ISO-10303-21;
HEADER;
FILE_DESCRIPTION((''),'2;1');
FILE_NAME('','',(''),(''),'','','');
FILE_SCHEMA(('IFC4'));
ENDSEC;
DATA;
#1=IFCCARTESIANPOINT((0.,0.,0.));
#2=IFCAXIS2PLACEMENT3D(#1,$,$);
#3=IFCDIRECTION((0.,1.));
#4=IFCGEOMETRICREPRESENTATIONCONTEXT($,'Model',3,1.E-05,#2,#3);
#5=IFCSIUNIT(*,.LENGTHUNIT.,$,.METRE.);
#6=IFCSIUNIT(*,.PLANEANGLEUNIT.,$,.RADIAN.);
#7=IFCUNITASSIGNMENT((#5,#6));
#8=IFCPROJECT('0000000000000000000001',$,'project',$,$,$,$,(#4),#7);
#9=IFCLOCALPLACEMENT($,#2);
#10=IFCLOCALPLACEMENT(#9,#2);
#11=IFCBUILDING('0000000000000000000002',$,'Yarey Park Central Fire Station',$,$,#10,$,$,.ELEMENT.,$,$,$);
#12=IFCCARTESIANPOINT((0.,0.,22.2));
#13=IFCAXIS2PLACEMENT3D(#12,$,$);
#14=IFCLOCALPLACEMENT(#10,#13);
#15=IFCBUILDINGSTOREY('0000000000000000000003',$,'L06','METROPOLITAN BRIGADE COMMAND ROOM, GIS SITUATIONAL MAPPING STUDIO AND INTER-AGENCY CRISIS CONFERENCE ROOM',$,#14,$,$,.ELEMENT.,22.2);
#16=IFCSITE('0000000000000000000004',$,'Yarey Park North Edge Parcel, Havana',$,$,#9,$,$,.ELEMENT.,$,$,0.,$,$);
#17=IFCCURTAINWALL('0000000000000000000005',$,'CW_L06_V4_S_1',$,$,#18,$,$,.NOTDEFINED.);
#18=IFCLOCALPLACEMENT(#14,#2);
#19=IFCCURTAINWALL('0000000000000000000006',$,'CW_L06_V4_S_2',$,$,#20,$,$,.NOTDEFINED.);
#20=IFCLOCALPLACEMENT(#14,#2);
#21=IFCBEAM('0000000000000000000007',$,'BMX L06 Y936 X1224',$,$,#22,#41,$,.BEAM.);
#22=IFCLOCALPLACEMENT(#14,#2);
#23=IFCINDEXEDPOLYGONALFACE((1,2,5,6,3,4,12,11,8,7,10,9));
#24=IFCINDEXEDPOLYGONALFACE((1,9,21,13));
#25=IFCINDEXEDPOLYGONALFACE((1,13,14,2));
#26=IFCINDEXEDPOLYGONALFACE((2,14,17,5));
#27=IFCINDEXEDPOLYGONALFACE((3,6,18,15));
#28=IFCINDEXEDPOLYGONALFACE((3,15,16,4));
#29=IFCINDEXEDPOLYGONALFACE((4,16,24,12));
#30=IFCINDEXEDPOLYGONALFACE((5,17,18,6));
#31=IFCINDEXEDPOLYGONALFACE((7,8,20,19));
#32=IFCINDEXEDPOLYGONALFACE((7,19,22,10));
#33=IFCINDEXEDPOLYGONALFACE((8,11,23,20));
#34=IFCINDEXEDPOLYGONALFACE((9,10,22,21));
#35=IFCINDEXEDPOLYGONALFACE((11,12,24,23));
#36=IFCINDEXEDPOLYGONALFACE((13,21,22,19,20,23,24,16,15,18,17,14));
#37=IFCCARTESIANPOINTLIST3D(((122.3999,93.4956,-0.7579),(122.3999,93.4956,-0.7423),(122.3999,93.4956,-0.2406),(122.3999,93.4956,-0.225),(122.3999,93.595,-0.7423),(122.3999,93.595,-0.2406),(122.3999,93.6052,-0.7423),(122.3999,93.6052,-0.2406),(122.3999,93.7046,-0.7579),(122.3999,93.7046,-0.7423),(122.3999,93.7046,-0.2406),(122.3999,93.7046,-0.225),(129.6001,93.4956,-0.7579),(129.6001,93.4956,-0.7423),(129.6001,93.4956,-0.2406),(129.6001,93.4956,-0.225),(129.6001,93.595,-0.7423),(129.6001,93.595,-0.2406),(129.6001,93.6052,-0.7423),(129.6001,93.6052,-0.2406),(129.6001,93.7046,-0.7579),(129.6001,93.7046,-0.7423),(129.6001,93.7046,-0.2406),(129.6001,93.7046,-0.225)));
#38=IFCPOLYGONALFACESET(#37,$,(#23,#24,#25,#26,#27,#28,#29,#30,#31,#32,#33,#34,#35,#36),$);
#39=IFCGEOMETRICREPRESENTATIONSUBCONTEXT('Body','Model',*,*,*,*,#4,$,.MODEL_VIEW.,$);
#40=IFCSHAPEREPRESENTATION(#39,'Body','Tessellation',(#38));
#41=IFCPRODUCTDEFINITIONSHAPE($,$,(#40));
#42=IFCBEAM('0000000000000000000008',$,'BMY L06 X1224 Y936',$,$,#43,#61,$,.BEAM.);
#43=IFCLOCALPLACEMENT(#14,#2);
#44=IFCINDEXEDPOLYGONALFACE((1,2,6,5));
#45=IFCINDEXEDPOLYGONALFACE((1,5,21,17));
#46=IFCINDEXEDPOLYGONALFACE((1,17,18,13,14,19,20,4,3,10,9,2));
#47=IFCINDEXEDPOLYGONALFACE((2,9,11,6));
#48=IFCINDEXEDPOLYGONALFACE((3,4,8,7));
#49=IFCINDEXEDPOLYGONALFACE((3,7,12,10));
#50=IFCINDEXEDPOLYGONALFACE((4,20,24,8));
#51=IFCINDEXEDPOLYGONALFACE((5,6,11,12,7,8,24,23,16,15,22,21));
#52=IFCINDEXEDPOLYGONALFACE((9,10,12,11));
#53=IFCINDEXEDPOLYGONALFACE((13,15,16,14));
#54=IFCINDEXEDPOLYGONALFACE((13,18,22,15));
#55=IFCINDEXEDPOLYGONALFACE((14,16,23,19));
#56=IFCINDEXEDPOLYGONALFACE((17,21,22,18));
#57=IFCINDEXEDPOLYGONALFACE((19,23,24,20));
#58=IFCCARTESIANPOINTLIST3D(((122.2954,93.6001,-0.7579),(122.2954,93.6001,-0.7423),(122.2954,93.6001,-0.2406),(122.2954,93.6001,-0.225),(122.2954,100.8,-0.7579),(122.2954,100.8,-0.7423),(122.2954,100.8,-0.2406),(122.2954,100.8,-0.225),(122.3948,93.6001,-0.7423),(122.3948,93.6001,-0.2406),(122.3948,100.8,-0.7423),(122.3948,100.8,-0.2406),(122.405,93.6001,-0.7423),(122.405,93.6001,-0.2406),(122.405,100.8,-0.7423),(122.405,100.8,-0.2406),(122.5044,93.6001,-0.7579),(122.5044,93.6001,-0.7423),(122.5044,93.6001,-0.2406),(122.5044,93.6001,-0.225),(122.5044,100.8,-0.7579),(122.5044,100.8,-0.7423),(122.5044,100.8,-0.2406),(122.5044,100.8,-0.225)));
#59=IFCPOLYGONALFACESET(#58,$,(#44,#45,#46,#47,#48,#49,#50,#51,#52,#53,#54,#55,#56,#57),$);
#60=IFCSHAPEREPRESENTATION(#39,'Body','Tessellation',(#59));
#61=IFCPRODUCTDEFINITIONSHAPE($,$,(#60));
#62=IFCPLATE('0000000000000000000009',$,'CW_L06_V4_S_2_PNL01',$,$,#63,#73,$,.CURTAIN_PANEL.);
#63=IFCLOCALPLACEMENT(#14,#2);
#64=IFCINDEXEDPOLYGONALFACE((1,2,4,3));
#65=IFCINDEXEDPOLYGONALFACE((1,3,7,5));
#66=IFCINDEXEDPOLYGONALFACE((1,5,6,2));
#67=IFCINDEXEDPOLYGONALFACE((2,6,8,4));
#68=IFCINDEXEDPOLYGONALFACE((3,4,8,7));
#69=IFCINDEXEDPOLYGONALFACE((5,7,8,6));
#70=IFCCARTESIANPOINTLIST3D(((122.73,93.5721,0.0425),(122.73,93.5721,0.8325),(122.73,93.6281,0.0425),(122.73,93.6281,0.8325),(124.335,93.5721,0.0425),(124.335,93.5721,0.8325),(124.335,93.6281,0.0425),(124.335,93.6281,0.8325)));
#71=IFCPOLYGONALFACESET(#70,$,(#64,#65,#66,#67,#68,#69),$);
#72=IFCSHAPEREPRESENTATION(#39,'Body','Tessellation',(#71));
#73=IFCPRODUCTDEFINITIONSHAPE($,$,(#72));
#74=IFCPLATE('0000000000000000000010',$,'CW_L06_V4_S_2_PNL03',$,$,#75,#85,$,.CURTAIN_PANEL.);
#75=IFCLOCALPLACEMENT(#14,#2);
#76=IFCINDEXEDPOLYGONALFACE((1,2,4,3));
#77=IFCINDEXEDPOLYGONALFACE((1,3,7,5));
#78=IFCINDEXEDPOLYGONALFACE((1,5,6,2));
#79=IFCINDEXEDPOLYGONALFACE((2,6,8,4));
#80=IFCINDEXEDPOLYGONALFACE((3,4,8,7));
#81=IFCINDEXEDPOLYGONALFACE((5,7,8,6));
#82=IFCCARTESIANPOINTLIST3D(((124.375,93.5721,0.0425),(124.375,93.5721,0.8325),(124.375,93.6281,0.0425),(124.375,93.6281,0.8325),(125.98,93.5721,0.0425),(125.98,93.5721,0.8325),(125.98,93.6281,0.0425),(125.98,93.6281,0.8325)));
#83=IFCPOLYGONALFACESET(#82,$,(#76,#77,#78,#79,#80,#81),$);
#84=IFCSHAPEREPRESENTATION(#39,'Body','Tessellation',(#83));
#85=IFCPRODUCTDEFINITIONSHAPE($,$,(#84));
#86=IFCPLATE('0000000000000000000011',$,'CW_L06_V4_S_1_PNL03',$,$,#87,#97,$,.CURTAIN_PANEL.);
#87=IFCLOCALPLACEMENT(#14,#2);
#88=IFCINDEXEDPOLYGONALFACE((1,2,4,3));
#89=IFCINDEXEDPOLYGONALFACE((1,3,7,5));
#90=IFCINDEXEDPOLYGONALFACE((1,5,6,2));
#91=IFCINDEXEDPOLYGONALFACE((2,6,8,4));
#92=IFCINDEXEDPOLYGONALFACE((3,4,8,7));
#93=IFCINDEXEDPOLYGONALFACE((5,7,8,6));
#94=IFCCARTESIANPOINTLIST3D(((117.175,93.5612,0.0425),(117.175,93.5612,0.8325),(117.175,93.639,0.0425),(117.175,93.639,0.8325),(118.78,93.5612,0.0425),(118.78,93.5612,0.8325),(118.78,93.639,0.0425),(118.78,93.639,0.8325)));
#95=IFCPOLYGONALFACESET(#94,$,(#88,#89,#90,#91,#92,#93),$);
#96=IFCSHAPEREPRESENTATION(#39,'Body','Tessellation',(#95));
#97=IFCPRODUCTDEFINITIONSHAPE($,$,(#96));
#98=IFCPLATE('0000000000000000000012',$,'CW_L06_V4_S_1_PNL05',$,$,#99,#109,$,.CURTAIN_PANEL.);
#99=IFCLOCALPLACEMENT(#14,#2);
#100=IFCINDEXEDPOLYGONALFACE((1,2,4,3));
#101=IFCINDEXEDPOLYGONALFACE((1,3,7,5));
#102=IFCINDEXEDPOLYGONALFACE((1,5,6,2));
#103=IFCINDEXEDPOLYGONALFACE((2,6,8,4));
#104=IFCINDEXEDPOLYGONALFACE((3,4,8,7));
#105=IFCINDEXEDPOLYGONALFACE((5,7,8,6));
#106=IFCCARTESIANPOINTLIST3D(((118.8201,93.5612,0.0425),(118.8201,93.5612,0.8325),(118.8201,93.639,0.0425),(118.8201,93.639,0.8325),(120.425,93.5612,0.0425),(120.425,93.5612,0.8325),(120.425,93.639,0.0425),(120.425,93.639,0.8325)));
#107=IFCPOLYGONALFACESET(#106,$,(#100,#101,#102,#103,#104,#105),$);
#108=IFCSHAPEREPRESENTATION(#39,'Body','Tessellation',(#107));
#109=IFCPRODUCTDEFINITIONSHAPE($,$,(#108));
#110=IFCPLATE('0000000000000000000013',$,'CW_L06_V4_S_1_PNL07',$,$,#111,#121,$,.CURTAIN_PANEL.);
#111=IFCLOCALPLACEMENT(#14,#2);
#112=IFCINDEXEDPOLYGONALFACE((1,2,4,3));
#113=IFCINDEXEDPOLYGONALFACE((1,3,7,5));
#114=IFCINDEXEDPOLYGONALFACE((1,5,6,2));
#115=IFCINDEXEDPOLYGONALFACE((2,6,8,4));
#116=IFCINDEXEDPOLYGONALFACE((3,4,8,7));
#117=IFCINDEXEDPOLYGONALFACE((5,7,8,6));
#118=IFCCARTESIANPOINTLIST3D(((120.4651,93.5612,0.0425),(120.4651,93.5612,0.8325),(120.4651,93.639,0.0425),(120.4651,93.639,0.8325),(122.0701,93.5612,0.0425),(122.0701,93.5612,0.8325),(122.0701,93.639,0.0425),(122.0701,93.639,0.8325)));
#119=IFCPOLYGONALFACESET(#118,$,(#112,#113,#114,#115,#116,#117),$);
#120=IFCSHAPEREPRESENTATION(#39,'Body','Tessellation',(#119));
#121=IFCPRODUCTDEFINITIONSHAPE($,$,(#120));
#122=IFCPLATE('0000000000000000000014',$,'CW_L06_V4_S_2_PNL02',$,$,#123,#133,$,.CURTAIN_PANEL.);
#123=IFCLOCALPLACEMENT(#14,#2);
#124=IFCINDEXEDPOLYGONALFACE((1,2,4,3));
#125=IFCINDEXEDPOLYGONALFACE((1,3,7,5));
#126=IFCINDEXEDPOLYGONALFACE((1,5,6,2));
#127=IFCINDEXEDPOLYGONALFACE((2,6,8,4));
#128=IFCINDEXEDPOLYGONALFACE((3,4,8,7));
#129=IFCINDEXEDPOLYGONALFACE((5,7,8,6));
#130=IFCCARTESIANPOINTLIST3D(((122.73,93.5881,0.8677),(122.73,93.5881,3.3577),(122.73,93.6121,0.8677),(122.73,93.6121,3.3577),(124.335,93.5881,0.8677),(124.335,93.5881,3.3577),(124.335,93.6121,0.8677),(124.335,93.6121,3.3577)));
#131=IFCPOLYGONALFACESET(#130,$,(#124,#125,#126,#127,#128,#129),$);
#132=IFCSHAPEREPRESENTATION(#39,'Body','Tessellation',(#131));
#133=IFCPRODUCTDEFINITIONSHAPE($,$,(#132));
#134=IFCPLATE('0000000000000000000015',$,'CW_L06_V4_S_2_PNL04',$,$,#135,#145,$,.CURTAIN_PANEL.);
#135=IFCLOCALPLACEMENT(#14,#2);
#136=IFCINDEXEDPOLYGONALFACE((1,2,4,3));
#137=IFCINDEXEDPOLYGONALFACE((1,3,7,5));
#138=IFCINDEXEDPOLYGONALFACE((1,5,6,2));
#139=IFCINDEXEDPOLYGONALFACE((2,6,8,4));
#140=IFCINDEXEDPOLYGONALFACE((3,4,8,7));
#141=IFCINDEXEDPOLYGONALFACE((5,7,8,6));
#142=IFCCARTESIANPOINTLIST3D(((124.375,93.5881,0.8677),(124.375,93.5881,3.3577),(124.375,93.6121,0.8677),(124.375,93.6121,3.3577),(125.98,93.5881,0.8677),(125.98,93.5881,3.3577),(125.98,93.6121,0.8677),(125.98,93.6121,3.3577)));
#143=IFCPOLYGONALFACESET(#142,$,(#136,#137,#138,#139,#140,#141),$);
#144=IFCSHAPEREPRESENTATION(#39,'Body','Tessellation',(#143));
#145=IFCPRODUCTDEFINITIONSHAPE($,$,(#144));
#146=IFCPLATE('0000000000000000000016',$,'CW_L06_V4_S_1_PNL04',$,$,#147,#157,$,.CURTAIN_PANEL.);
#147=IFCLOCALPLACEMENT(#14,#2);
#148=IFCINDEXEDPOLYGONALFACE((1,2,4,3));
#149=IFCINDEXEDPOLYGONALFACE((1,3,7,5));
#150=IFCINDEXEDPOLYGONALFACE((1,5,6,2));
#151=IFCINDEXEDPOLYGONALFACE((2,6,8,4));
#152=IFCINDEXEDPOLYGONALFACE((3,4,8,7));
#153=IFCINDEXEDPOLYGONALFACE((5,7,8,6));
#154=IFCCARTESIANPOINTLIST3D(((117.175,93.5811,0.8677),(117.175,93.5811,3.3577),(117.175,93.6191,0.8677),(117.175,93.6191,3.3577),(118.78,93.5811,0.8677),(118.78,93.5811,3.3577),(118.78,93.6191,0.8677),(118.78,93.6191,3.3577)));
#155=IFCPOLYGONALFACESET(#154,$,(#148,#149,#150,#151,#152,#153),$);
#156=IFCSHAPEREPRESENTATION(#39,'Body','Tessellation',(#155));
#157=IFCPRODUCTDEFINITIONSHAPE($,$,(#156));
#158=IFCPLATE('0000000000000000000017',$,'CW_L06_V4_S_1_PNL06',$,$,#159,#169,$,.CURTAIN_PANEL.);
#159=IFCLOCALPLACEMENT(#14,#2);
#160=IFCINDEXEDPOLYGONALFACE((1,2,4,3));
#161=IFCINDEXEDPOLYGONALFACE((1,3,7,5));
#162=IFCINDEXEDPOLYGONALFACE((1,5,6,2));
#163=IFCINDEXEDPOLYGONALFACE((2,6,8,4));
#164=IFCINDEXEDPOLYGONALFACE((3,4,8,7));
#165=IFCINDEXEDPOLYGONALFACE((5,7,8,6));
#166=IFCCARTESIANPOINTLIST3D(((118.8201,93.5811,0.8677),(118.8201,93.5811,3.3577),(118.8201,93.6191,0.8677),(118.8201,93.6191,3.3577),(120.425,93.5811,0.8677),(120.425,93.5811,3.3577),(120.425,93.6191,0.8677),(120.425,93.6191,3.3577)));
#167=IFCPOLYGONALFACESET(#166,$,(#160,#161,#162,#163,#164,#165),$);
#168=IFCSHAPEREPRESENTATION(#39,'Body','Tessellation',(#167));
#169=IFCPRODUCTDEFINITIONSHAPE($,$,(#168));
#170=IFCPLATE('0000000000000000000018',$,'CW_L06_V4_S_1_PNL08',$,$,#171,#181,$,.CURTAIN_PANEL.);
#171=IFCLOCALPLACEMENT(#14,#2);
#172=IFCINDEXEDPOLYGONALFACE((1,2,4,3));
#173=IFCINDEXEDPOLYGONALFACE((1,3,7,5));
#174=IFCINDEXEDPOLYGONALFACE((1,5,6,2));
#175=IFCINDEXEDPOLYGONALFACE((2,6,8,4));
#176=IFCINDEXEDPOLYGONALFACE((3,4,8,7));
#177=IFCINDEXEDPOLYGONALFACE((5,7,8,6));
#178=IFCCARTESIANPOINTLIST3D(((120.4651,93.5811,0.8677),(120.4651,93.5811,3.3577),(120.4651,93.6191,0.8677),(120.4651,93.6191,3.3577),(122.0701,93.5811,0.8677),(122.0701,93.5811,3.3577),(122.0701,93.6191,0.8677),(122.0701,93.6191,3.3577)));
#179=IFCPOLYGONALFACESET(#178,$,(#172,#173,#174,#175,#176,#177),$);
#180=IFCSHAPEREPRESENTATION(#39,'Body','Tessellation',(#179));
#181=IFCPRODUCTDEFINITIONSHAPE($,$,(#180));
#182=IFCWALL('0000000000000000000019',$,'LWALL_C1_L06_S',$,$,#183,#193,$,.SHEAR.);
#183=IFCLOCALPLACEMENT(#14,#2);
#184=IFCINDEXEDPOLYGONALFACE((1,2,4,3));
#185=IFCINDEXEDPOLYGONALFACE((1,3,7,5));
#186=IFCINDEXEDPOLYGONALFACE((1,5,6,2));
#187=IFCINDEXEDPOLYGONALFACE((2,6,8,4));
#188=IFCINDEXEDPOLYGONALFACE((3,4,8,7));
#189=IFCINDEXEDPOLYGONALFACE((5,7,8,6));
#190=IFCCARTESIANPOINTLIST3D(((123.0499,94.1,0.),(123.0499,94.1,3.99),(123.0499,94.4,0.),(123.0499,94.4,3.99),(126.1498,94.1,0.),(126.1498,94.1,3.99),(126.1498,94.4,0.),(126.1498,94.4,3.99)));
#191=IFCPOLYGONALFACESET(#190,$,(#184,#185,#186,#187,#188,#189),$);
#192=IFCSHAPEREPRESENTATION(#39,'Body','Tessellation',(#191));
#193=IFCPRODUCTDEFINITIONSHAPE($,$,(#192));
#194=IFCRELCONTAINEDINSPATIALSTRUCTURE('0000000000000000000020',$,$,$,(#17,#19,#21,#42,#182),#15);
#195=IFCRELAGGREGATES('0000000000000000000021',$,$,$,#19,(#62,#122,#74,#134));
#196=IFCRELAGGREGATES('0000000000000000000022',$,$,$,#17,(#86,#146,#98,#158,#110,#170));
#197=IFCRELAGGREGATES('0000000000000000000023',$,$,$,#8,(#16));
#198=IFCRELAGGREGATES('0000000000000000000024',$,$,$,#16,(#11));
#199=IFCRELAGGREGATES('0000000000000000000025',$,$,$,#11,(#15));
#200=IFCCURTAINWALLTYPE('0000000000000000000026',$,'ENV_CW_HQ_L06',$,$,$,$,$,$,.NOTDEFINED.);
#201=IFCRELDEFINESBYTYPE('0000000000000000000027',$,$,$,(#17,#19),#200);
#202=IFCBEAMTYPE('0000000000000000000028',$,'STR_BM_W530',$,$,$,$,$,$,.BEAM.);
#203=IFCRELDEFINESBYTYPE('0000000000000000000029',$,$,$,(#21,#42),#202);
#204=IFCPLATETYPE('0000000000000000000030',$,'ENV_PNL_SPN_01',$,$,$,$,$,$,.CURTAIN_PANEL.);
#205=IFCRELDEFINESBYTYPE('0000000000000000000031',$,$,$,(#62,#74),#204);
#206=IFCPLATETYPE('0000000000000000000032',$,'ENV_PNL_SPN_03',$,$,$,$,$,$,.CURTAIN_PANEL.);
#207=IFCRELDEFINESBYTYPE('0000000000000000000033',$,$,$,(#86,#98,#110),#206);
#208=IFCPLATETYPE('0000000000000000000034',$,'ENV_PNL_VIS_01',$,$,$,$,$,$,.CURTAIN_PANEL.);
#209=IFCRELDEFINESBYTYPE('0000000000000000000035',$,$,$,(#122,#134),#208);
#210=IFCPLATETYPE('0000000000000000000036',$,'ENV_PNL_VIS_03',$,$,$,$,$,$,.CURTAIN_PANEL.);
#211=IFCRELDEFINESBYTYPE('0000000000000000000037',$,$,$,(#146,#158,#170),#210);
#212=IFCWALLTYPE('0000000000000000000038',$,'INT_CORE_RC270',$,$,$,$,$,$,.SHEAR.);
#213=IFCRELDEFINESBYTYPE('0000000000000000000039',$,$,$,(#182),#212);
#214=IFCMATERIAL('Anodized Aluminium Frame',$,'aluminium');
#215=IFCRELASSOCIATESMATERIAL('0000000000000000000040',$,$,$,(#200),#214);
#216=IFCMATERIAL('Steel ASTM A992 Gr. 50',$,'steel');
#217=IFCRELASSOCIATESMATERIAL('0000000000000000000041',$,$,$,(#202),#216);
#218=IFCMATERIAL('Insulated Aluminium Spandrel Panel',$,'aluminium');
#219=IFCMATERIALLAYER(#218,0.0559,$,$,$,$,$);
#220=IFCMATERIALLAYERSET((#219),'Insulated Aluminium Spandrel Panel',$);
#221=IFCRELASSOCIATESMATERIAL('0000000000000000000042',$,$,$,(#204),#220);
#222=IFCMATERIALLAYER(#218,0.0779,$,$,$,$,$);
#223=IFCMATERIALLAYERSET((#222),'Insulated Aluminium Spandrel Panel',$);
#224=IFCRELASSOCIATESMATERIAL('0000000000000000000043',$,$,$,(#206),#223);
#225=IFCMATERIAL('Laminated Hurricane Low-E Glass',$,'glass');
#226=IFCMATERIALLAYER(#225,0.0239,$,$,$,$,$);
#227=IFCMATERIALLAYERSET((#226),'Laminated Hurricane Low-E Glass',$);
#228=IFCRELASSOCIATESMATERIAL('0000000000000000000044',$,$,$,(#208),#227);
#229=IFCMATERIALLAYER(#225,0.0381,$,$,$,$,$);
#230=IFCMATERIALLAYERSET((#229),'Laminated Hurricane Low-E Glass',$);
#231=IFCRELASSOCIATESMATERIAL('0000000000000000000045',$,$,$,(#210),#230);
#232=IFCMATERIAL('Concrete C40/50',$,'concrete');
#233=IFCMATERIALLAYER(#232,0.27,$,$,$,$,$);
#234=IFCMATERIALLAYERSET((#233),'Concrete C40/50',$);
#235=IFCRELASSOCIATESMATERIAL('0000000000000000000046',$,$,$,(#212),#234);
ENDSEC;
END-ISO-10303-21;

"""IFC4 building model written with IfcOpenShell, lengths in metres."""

from ifc_helpers import new_model, si_unit, direction, frame, frame_2d, origin, origin_2d, place, context, subcontext, project, spatial, rectangle, i_section, extrude, material, layer, layer_set, material_profile, profile_set, type_object, element, aggregate, save


model = new_model("IFC4")

# Units and contexts
model_context = context("Model", 3, precision=1e-05, world=origin(), true_north=direction((0.0, 1.0)))
body_context = subcontext(model_context, "Body", "Model", "MODEL_VIEW")
ifc_project = project(units=[si_unit("LENGTHUNIT", "METRE"), si_unit("PLANEANGLEUNIT", "RADIAN")], contexts=[model_context])

# Site, building, storey
site_placement = place(None, origin())
site = spatial("IfcSite", under=ifc_project, at=site_placement, Name="Yarey Park North Edge Parcel, Havana", CompositionType="ELEMENT", RefElevation=0.0)
building_placement = place(site_placement, origin())
building = spatial("IfcBuilding", under=site, at=building_placement, Name="Yarey Park Central Fire Station", CompositionType="ELEMENT")
storey_placement = place(building_placement, frame((0.0, 0.0, 22.2)))
storey = spatial("IfcBuildingStorey", under=building, at=storey_placement, Name="L06", Description="METROPOLITAN BRIGADE COMMAND ROOM, GIS SITUATIONAL MAPPING STUDIO AND INTER-AGENCY CRISIS CONFERENCE ROOM", CompositionType="ELEMENT", Elevation=22.2)

# Shared definitions
ifc_material_1 = material(Name="Concrete C40/50", Category="concrete")

# Curtain walls
ifc_material_2 = material(Name="Anodized Aluminium Frame", Category="aluminium")
curtain_wall_type = type_object("IfcCurtainWallType", Name="ENV_CW_HQ_L06", PredefinedType="NOTDEFINED", material=ifc_material_2)
curtain_wall_1_placement = place(storey_placement, origin())
curtain_wall_1 = element("IfcCurtainWall", 1, at=curtain_wall_1_placement, inside=storey, type_object=curtain_wall_type, Name="CW_L06_V4_S_1", PredefinedType="NOTDEFINED")
curtain_wall_2_placement = place(storey_placement, origin())
curtain_wall_2 = element("IfcCurtainWall", 2, at=curtain_wall_2_placement, inside=storey, type_object=curtain_wall_type, Name="CW_L06_V4_S_2", PredefinedType="NOTDEFINED")

# Beams
ifc_material_3 = material(Name="Steel ASTM A992 Gr. 50", Category="steel")
ifc_material_profile_1 = material_profile(ifc_material_3, i_section(OverallWidth=0.209, OverallDepth=0.533, WebThickness=0.0103, FlangeThickness=0.0156, at=origin_2d()), Name="W530x92")
ifc_profile_set_1 = profile_set([ifc_material_profile_1], Name="Steel ASTM A992 Gr. 50")
beam_type = type_object("IfcBeamType", Name="STR_BM_W530", PredefinedType="BEAM", material=ifc_profile_set_1)
beam_1_placement = place(storey_placement, frame((122.3999, 93.6001, -0.4915), z_axis=(1.0, 0.0, 0.0), x_axis=(0.0, 1.0, 0.0)))
element("IfcBeam", 3, at=beam_1_placement, inside=storey, type_object=beam_type, Name="BMX L06 Y936 X1224", PredefinedType="BEAM", context=body_context, shape_type="SweptSolid", body=[
    extrude(i_section(OverallWidth=0.209, OverallDepth=0.533, WebThickness=0.0103, FlangeThickness=0.0156, at=origin_2d()), origin(), (0.0, 0.0, 1.0), 7.2002),
])
beam_2_placement = place(storey_placement, frame((122.3999, 93.6001, -0.4915), z_axis=(0.0, 1.0, 0.0), x_axis=(-1.0, 0.0, 0.0)))
element("IfcBeam", 4, at=beam_2_placement, inside=storey, type_object=beam_type, Name="BMY L06 X1224 Y936", PredefinedType="BEAM", context=body_context, shape_type="SweptSolid", body=[
    extrude(i_section(OverallWidth=0.209, OverallDepth=0.533, WebThickness=0.0103, FlangeThickness=0.0156, at=origin_2d()), origin(), (0.0, 0.0, 1.0), 7.2),
])

# Plates
ifc_material_4 = material(Name="Insulated Aluminium Spandrel Panel", Category="aluminium")
ifc_layer_1 = layer(ifc_material_4, 0.0559)
ifc_layer_set_1 = layer_set([ifc_layer_1], Name="Insulated Aluminium Spandrel Panel")
plate_type_1 = type_object("IfcPlateType", Name="ENV_PNL_SPN_01", PredefinedType="CURTAIN_PANEL", material=ifc_layer_set_1)
plate_1_placement = place(storey_placement, frame((123.5325, 93.6001, 0.0425), z_axis=(0.0, 0.0, 1.0), x_axis=(1.0, 0.0, 0.0)))
plate_1 = element("IfcPlate", 5, at=plate_1_placement, type_object=plate_type_1, Name="CW_L06_V4_S_2_PNL01", PredefinedType="CURTAIN_PANEL", context=body_context, shape_type="SweptSolid", body=[
    extrude(rectangle(XDim=1.605, YDim=0.0559, at=origin_2d()), origin(), (0.0, 0.0, 1.0), 0.79),
])
plate_2_placement = place(storey_placement, frame((125.1775, 93.6001, 0.0425), z_axis=(0.0, 0.0, 1.0), x_axis=(1.0, 0.0, 0.0)))
plate_2 = element("IfcPlate", 6, at=plate_2_placement, type_object=plate_type_1, Name="CW_L06_V4_S_2_PNL03", PredefinedType="CURTAIN_PANEL", context=body_context, shape_type="SweptSolid", body=[
    extrude(rectangle(XDim=1.605, YDim=0.0559, at=origin_2d()), origin(), (0.0, 0.0, 1.0), 0.79),
])
ifc_layer_2 = layer(ifc_material_4, 0.0779)
ifc_layer_set_2 = layer_set([ifc_layer_2], Name="Insulated Aluminium Spandrel Panel")
plate_type_2 = type_object("IfcPlateType", Name="ENV_PNL_SPN_03", PredefinedType="CURTAIN_PANEL", material=ifc_layer_set_2)
plate_3_placement = place(storey_placement, frame((117.9775, 93.6001, 0.0425), z_axis=(0.0, 0.0, 1.0), x_axis=(1.0, 0.0, 0.0)))
plate_3 = element("IfcPlate", 7, at=plate_3_placement, type_object=plate_type_2, Name="CW_L06_V4_S_1_PNL03", PredefinedType="CURTAIN_PANEL", context=body_context, shape_type="SweptSolid", body=[
    extrude(rectangle(XDim=1.605, YDim=0.0779, at=origin_2d()), origin(), (0.0, 0.0, 1.0), 0.79),
])
plate_4_placement = place(storey_placement, frame((119.6226, 93.6001, 0.0425), z_axis=(0.0, 0.0, 1.0), x_axis=(1.0, 0.0, 0.0)))
plate_4 = element("IfcPlate", 8, at=plate_4_placement, type_object=plate_type_2, Name="CW_L06_V4_S_1_PNL05", PredefinedType="CURTAIN_PANEL", context=body_context, shape_type="SweptSolid", body=[
    extrude(rectangle(XDim=1.605, YDim=0.0779, at=origin_2d()), origin(), (0.0, 0.0, 1.0), 0.79),
])
plate_5_placement = place(storey_placement, frame((121.2676, 93.6001, 0.0425), z_axis=(0.0, 0.0, 1.0), x_axis=(1.0, 0.0, 0.0)))
plate_5 = element("IfcPlate", 9, at=plate_5_placement, type_object=plate_type_2, Name="CW_L06_V4_S_1_PNL07", PredefinedType="CURTAIN_PANEL", context=body_context, shape_type="SweptSolid", body=[
    extrude(rectangle(XDim=1.605, YDim=0.0779, at=origin_2d()), origin(), (0.0, 0.0, 1.0), 0.79),
])
ifc_material_5 = material(Name="Laminated Hurricane Low-E Glass", Category="glass")
ifc_layer_3 = layer(ifc_material_5, 0.0239)
ifc_layer_set_3 = layer_set([ifc_layer_3], Name="Laminated Hurricane Low-E Glass")
plate_type_3 = type_object("IfcPlateType", Name="ENV_PNL_VIS_01", PredefinedType="CURTAIN_PANEL", material=ifc_layer_set_3)
plate_6_placement = place(storey_placement, frame((123.5325, 93.6001, 0.8677), z_axis=(0.0, 0.0, 1.0), x_axis=(1.0, 0.0, 0.0)))
plate_6 = element("IfcPlate", 10, at=plate_6_placement, type_object=plate_type_3, Name="CW_L06_V4_S_2_PNL02", PredefinedType="CURTAIN_PANEL", context=body_context, shape_type="SweptSolid", body=[
    extrude(rectangle(XDim=1.605, YDim=0.0239, at=origin_2d()), origin(), (0.0, 0.0, 1.0), 2.49),
])
plate_7_placement = place(storey_placement, frame((125.1775, 93.6001, 0.8677), z_axis=(0.0, 0.0, 1.0), x_axis=(1.0, 0.0, 0.0)))
plate_7 = element("IfcPlate", 11, at=plate_7_placement, type_object=plate_type_3, Name="CW_L06_V4_S_2_PNL04", PredefinedType="CURTAIN_PANEL", context=body_context, shape_type="SweptSolid", body=[
    extrude(rectangle(XDim=1.605, YDim=0.0239, at=origin_2d()), origin(), (0.0, 0.0, 1.0), 2.49),
])
aggregate(curtain_wall_2, [plate_1, plate_6, plate_2, plate_7])
ifc_layer_4 = layer(ifc_material_5, 0.0381)
ifc_layer_set_4 = layer_set([ifc_layer_4], Name="Laminated Hurricane Low-E Glass")
plate_type_4 = type_object("IfcPlateType", Name="ENV_PNL_VIS_03", PredefinedType="CURTAIN_PANEL", material=ifc_layer_set_4)
plate_8_placement = place(storey_placement, frame((117.9775, 93.6001, 0.8677), z_axis=(0.0, 0.0, 1.0), x_axis=(1.0, 0.0, 0.0)))
plate_8 = element("IfcPlate", 12, at=plate_8_placement, type_object=plate_type_4, Name="CW_L06_V4_S_1_PNL04", PredefinedType="CURTAIN_PANEL", context=body_context, shape_type="SweptSolid", body=[
    extrude(rectangle(XDim=1.605, YDim=0.0381, at=origin_2d()), origin(), (0.0, 0.0, 1.0), 2.49),
])
plate_9_placement = place(storey_placement, frame((119.6226, 93.6001, 0.8677), z_axis=(0.0, 0.0, 1.0), x_axis=(1.0, 0.0, 0.0)))
plate_9 = element("IfcPlate", 13, at=plate_9_placement, type_object=plate_type_4, Name="CW_L06_V4_S_1_PNL06", PredefinedType="CURTAIN_PANEL", context=body_context, shape_type="SweptSolid", body=[
    extrude(rectangle(XDim=1.605, YDim=0.0381, at=origin_2d()), origin(), (0.0, 0.0, 1.0), 2.49),
])
plate_10_placement = place(storey_placement, frame((121.2676, 93.6001, 0.8677), z_axis=(0.0, 0.0, 1.0), x_axis=(1.0, 0.0, 0.0)))
plate_10 = element("IfcPlate", 14, at=plate_10_placement, type_object=plate_type_4, Name="CW_L06_V4_S_1_PNL08", PredefinedType="CURTAIN_PANEL", context=body_context, shape_type="SweptSolid", body=[
    extrude(rectangle(XDim=1.605, YDim=0.0381, at=origin_2d()), origin(), (0.0, 0.0, 1.0), 2.49),
])
aggregate(curtain_wall_1, [plate_3, plate_8, plate_4, plate_9, plate_5, plate_10])

# Wall
ifc_layer_5 = layer(ifc_material_1, 0.27)
ifc_layer_set_5 = layer_set([ifc_layer_5], Name="Concrete C40/50")
wall_type_1 = type_object("IfcWallType", Name="INT_CORE_RC270", PredefinedType="SHEAR", material=ifc_layer_set_5)
wall_1_placement = place(storey_placement, frame((123.05, 94.25, 0.0), z_axis=(0.0, 0.0, 1.0), x_axis=(1.0, 0.0, 0.0)))
element("IfcWall", 15, at=wall_1_placement, inside=storey, type_object=wall_type_1, Name="LWALL_C1_L06_S", PredefinedType="SHEAR", context=body_context, shape_type="SweptSolid", body=[
    extrude(rectangle(XDim=3.0999, YDim=0.3, at=frame_2d((1.5498, 0.0))), origin(), (0.0, 0.0, 1.0), 3.99),
])

save(model, "model.ifc")
